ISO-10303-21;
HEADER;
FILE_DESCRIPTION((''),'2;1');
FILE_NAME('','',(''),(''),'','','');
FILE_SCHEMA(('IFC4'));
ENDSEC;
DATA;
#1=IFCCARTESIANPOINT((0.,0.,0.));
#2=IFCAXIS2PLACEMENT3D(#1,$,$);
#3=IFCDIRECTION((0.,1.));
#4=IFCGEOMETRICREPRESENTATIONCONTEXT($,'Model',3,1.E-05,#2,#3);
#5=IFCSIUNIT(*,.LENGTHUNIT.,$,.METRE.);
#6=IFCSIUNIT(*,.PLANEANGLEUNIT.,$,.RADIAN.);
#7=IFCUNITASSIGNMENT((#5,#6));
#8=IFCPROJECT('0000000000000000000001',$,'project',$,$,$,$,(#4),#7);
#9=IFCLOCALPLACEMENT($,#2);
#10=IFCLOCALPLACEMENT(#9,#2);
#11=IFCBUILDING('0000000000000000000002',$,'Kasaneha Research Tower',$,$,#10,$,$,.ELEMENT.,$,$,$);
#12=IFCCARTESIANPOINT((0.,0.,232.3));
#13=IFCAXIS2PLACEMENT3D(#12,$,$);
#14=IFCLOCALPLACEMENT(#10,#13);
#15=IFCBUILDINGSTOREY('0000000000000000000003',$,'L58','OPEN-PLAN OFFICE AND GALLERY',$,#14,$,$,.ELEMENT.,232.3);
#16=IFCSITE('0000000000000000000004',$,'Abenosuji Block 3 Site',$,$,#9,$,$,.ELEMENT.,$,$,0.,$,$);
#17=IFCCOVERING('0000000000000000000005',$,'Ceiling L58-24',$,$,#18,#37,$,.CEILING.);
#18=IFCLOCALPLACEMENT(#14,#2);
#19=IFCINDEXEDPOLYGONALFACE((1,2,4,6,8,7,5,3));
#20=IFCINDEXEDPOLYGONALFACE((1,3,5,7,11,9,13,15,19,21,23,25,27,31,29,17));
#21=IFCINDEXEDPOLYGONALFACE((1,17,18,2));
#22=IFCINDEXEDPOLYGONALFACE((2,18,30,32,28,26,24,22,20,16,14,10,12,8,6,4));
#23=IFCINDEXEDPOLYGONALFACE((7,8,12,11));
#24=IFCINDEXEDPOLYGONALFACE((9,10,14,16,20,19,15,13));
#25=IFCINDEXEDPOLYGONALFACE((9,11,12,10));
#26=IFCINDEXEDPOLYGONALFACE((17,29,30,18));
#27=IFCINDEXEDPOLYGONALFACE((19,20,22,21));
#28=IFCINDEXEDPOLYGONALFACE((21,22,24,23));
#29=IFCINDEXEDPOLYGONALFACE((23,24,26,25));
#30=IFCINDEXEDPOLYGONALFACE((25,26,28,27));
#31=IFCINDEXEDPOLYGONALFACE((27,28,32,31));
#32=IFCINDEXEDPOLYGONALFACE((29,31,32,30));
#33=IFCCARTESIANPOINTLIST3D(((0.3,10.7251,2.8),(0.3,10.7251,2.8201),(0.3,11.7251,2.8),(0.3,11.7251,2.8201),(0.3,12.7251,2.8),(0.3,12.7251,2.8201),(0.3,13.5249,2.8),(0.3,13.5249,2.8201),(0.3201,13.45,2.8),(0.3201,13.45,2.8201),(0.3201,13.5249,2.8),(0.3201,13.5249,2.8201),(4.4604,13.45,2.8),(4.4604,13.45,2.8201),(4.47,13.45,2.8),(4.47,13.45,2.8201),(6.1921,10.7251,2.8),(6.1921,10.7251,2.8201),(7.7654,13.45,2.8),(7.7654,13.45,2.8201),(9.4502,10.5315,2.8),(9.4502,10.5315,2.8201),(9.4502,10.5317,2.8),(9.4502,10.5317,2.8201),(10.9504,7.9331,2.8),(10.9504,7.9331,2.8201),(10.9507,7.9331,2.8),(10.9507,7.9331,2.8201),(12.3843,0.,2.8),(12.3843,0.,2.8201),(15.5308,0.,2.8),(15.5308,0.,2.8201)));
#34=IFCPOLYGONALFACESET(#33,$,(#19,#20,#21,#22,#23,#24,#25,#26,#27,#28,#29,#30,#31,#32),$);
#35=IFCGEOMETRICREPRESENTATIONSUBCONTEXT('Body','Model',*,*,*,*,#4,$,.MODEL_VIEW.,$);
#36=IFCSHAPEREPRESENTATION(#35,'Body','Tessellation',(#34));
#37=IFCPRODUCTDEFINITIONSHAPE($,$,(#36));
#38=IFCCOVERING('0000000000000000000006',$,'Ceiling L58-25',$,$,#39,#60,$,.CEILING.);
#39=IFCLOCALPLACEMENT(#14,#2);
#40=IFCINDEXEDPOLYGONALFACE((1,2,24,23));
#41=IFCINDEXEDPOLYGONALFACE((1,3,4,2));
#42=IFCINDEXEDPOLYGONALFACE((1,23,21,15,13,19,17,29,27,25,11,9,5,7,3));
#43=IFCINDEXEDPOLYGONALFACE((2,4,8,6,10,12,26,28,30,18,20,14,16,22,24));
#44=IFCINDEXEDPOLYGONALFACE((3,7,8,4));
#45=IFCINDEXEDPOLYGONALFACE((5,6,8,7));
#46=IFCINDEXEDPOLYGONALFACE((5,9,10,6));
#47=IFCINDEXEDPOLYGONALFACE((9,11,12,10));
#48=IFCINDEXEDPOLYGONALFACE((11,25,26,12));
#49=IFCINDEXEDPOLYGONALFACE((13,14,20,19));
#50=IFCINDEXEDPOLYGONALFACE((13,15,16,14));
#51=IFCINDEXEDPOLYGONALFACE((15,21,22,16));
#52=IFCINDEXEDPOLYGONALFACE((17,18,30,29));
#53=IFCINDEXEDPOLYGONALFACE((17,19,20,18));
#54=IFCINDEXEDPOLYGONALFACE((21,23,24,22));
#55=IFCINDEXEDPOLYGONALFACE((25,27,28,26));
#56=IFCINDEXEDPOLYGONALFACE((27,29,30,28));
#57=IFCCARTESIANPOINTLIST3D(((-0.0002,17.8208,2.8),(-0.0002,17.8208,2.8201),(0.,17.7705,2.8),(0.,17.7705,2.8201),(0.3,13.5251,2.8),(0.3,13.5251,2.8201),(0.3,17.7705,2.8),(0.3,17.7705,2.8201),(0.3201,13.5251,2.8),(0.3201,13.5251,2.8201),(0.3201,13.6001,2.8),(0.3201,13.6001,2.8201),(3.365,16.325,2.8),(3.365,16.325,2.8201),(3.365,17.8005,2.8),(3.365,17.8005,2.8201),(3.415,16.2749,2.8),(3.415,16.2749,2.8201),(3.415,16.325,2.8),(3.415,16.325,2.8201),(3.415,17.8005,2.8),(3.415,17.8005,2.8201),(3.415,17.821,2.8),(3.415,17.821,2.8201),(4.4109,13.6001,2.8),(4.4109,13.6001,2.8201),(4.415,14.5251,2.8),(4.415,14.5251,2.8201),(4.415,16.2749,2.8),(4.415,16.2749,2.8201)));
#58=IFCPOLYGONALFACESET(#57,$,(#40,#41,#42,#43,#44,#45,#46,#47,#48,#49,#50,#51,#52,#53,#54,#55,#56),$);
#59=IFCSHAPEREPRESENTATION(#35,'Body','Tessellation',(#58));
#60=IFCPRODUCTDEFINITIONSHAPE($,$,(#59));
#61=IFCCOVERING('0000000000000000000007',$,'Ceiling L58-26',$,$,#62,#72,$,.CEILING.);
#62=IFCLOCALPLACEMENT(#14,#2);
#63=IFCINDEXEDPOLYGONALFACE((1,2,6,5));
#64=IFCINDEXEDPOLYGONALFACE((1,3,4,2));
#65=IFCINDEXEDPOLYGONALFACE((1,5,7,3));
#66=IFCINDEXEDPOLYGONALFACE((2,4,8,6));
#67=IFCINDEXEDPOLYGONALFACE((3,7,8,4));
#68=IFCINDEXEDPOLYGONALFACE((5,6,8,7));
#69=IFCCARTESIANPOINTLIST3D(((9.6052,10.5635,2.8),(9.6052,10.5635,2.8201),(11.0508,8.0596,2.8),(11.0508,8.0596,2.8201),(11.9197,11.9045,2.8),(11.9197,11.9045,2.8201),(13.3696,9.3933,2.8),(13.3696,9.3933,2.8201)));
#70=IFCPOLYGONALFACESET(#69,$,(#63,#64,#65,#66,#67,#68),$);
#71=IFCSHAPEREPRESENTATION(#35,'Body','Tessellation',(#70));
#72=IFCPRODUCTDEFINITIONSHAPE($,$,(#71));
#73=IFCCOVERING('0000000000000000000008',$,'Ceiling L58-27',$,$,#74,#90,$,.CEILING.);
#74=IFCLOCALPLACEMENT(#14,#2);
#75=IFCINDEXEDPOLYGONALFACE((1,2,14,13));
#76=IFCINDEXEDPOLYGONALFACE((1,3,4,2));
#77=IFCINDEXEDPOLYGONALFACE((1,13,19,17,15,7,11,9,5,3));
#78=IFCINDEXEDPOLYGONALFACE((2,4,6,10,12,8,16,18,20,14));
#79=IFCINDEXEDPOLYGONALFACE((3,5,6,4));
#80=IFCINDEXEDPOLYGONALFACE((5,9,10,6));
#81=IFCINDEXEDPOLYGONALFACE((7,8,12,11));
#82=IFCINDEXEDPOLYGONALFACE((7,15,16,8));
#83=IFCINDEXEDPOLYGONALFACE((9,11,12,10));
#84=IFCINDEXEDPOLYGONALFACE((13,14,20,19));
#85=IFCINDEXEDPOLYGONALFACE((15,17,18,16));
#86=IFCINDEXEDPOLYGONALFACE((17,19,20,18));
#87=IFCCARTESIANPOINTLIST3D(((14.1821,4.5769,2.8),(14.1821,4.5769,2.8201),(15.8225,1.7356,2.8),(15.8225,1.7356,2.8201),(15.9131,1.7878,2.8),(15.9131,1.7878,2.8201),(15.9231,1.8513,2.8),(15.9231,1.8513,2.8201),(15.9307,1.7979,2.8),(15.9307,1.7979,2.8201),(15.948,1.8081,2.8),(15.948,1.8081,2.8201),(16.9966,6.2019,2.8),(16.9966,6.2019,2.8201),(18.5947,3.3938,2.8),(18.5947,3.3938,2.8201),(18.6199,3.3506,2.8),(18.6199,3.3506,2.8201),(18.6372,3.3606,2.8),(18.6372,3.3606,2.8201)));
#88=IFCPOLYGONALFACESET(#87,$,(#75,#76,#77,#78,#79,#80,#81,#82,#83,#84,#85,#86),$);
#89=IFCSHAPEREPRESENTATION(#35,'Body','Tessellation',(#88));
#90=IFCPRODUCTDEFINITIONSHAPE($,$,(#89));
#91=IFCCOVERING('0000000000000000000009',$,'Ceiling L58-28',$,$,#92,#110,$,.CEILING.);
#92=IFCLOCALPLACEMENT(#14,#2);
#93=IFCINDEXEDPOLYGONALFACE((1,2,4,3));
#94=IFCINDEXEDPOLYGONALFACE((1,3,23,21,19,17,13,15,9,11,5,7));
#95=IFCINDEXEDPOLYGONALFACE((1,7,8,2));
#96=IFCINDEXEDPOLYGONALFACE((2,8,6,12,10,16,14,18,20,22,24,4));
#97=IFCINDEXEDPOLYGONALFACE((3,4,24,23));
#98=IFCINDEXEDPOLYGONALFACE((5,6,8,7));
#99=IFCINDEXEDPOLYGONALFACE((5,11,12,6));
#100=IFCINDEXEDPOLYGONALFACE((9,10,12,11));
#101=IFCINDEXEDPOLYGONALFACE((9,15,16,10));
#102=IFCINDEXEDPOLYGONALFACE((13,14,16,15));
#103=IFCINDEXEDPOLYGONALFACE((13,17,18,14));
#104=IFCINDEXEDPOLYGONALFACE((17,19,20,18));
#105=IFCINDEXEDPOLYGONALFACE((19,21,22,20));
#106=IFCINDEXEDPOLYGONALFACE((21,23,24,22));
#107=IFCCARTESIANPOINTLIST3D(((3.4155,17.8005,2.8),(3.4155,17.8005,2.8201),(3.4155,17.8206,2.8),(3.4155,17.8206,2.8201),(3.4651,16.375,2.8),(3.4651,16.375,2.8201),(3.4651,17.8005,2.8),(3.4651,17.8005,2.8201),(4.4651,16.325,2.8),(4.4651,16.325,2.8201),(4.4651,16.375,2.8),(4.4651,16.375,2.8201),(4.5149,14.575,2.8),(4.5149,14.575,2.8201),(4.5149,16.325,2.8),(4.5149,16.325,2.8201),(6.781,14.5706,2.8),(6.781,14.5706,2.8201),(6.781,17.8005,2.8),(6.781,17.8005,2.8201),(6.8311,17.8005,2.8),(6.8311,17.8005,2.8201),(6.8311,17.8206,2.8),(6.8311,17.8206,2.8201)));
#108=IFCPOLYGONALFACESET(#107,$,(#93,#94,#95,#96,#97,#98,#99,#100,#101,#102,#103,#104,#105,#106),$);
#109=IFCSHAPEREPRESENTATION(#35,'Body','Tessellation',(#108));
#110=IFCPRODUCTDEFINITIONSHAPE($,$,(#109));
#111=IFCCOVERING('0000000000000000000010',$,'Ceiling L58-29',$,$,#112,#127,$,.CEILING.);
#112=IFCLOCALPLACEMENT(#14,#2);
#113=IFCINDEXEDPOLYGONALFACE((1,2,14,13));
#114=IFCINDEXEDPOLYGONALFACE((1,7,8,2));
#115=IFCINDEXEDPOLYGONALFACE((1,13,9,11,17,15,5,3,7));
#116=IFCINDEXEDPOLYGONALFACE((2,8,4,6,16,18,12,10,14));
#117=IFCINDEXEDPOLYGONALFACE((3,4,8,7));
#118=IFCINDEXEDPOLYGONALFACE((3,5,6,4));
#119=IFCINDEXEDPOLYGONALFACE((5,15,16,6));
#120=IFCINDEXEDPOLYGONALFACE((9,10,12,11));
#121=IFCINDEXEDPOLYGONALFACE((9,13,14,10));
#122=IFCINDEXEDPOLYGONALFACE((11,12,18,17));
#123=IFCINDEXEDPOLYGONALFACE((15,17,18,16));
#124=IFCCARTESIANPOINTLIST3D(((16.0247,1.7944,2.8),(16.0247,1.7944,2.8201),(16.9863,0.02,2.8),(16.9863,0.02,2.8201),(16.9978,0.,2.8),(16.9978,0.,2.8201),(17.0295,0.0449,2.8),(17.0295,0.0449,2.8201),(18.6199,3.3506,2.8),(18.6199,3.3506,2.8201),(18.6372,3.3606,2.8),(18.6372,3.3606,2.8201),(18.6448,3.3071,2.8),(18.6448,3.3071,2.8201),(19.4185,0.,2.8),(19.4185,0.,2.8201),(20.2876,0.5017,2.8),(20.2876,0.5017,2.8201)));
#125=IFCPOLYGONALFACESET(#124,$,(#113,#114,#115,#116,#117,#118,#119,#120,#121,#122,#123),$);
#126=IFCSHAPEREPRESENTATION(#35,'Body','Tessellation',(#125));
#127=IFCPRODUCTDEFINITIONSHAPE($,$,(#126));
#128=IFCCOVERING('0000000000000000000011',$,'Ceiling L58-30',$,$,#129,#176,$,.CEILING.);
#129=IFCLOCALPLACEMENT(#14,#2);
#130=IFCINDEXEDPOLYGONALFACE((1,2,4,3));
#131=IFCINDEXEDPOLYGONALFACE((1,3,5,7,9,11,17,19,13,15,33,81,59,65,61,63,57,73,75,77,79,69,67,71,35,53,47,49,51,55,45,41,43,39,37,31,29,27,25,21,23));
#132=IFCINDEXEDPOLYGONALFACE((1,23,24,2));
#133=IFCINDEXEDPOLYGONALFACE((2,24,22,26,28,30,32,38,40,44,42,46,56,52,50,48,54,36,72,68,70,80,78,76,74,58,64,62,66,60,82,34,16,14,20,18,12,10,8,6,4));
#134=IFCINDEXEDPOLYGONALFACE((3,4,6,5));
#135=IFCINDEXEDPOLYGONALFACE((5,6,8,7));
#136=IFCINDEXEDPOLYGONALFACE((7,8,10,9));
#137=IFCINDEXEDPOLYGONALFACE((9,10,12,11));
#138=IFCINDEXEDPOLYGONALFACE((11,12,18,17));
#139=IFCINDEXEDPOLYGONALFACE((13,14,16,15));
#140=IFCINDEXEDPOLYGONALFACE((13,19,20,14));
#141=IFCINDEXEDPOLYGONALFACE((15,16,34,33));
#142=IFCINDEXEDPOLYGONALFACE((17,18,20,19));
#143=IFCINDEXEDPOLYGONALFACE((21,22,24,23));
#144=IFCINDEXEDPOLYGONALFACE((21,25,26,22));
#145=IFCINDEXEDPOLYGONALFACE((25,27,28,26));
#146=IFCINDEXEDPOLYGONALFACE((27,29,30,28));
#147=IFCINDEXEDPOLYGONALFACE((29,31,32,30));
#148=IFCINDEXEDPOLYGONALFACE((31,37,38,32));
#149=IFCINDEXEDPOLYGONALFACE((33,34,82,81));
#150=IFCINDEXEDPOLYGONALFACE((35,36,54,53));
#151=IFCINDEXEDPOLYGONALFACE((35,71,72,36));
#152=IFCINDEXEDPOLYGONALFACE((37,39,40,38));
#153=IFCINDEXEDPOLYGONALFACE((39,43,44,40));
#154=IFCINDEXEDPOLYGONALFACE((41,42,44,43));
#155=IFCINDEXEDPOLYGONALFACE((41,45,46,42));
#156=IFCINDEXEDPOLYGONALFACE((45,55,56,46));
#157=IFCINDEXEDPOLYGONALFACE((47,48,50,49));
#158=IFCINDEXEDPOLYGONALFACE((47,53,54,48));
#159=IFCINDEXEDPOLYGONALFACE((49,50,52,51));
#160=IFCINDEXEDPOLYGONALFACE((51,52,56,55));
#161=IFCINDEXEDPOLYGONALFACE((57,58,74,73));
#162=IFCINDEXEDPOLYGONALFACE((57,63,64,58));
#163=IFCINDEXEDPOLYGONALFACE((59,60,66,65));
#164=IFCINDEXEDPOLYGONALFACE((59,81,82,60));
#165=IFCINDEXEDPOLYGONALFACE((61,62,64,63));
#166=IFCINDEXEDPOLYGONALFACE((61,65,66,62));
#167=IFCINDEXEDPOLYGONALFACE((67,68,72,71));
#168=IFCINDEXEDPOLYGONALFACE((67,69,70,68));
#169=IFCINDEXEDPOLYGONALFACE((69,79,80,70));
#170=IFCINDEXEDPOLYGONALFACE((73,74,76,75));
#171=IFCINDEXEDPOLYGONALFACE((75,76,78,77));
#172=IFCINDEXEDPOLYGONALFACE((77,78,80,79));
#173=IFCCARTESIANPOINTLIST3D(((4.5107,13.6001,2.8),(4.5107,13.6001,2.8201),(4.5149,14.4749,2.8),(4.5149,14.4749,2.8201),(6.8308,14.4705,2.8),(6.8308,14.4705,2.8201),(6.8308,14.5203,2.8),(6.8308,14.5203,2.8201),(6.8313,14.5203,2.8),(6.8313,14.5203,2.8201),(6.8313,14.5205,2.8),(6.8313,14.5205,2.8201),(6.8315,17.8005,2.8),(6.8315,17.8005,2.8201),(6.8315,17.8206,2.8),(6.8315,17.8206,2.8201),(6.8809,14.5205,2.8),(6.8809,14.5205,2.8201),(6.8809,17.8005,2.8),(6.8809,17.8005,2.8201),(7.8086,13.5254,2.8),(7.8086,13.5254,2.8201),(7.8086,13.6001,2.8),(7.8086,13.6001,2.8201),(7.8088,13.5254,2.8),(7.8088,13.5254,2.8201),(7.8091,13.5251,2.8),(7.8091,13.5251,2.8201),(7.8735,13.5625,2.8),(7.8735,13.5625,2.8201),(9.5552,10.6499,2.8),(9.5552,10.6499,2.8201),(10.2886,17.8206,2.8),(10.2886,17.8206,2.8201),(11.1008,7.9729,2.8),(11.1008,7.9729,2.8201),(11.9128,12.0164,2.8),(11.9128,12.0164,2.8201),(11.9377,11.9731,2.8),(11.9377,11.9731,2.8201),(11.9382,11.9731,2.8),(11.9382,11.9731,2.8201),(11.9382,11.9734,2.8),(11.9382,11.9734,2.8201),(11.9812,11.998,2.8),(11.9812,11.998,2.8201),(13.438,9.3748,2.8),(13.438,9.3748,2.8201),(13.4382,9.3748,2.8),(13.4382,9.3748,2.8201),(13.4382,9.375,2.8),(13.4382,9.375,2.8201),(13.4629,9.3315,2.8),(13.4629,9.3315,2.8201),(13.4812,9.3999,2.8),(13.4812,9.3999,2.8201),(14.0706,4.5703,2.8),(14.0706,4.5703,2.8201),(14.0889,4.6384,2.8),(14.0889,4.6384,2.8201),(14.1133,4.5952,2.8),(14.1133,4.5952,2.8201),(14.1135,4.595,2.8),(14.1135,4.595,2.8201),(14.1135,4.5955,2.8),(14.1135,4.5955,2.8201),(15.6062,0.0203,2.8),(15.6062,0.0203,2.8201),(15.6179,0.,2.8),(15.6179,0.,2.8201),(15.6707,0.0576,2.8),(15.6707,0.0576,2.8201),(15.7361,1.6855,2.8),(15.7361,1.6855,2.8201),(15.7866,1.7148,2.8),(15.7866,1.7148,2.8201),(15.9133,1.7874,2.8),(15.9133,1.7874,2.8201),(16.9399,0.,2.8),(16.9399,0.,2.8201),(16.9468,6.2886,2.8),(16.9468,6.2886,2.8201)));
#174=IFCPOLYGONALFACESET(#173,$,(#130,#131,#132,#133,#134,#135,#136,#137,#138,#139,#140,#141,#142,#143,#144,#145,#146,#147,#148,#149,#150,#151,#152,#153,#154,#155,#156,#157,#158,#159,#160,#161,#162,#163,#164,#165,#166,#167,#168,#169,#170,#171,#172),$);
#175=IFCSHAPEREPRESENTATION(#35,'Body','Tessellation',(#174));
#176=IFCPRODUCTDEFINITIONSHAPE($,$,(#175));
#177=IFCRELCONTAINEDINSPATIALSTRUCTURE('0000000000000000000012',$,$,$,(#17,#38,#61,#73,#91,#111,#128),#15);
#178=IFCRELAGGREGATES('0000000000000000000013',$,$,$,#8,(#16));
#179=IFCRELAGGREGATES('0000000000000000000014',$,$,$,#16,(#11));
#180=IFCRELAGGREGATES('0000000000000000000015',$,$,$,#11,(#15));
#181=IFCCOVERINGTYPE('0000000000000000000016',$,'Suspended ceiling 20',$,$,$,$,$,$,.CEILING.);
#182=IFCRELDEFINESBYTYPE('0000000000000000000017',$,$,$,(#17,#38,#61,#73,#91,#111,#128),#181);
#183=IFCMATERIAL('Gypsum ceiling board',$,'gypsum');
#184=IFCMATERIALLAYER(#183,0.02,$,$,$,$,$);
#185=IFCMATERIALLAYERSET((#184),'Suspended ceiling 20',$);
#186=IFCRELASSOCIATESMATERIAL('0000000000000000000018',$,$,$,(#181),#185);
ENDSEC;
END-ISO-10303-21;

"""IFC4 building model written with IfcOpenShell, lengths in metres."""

from ifc_helpers import new_model, si_unit, direction, frame, origin, place, context, subcontext, project, spatial, polyline, outline, extrude, material, layer, layer_set, type_object, element, save


model = new_model("IFC4")

# Units and contexts
model_context = context("Model", 3, precision=1e-05, world=origin(), true_north=direction((0.0, 1.0)))
body_context = subcontext(model_context, "Body", "Model", "MODEL_VIEW")
ifc_project = project(units=[si_unit("LENGTHUNIT", "METRE"), si_unit("PLANEANGLEUNIT", "RADIAN")], contexts=[model_context])

# Site, building, storey
site_placement = place(None, origin())
site = spatial("IfcSite", under=ifc_project, at=site_placement, Name="Abenosuji Block 3 Site", CompositionType="ELEMENT", RefElevation=0.0)
building_placement = place(site_placement, origin())
building = spatial("IfcBuilding", under=site, at=building_placement, Name="Kasaneha Research Tower", CompositionType="ELEMENT")
storey_placement = place(building_placement, frame((0.0, 0.0, 232.3)))
storey = spatial("IfcBuildingStorey", under=building, at=storey_placement, Name="L58", Description="OPEN-PLAN OFFICE AND GALLERY", CompositionType="ELEMENT", Elevation=232.3)

# Coverings
ifc_material_1 = material(Name="Gypsum ceiling board", Category="gypsum")
ifc_layer_1 = layer(ifc_material_1, 0.02)
ifc_layer_set_1 = layer_set([ifc_layer_1], Name="Suspended ceiling 20")
covering_type_1 = type_object("IfcCoveringType", Name="Suspended ceiling 20", PredefinedType="CEILING", material=ifc_layer_set_1)
covering_1_placement = place(storey_placement, frame((0.0, 0.0, 2.8)))
element("IfcCovering", 1, at=covering_1_placement, inside=storey, type_object=covering_type_1, Name="Ceiling L58-24", PredefinedType="CEILING", context=body_context, shape_type="SweptSolid", body=[
    extrude(outline(polyline([(6.1921, 10.7251), (0.3, 10.7251), (0.3, 11.7251), (0.3, 12.7251), (0.3, 13.5249), (0.3201, 13.5249), (0.3201, 13.45), (4.4604, 13.45), (4.47, 13.45), (7.7654, 13.45), (9.4502, 10.5315), (9.4502, 10.5317), (10.9504, 7.9331), (10.9507, 7.9331), (15.5308, 0.0), (12.3843, 0.0), (6.1921, 10.7251)])), origin(), (0.0, 0.0, 1.0), 0.02),
])
covering_2_placement = place(storey_placement, frame((0.0, 0.0, 2.8)))
element("IfcCovering", 2, at=covering_2_placement, inside=storey, type_object=covering_type_1, Name="Ceiling L58-25", PredefinedType="CEILING", context=body_context, shape_type="SweptSolid", body=[
    extrude(outline(polyline([(0.3, 13.5251), (0.3, 17.7705), (0.0, 17.7705), (-0.0002, 17.8208), (3.415, 17.821), (3.415, 17.8005), (3.365, 17.8005), (3.365, 16.325), (3.415, 16.325), (3.415, 16.325), (3.415, 16.325), (3.415, 16.2749), (4.415, 16.2749), (4.415, 14.5251), (4.4109, 13.6001), (0.3201, 13.6001), (0.3201, 13.5251), (0.3, 13.5251)])), origin(), (0.0, 0.0, 1.0), 0.02),
])
covering_3_placement = place(storey_placement, frame((0.0, 0.0, 2.8)))
element("IfcCovering", 3, at=covering_3_placement, inside=storey, type_object=covering_type_1, Name="Ceiling L58-26", PredefinedType="CEILING", context=body_context, shape_type="SweptSolid", body=[
    extrude(outline(polyline([(9.6052, 10.5635), (11.9197, 11.9045), (13.3696, 9.3933), (11.0508, 8.0596), (9.6052, 10.5635)])), origin(), (0.0, 0.0, 1.0), 0.02),
])
covering_4_placement = place(storey_placement, frame((0.0, 0.0, 2.8)))
element("IfcCovering", 4, at=covering_4_placement, inside=storey, type_object=covering_type_1, Name="Ceiling L58-27", PredefinedType="CEILING", context=body_context, shape_type="SweptSolid", body=[
    extrude(outline(polyline([(18.6372, 3.3606), (18.6199, 3.3506), (18.5947, 3.3938), (15.9231, 1.8513), (15.948, 1.8081), (15.9307, 1.7979), (15.9131, 1.7878), (15.9131, 1.7878), (15.8225, 1.7356), (14.1821, 4.5769), (16.9966, 6.2019), (18.6372, 3.3606)])), origin(), (0.0, 0.0, 1.0), 0.02),
])
covering_5_placement = place(storey_placement, frame((0.0, 0.0, 2.8)))
element("IfcCovering", 5, at=covering_5_placement, inside=storey, type_object=covering_type_1, Name="Ceiling L58-28", PredefinedType="CEILING", context=body_context, shape_type="SweptSolid", body=[
    extrude(outline(polyline([(3.4155, 17.8206), (6.8311, 17.8206), (6.8311, 17.8005), (6.781, 17.8005), (6.781, 14.5706), (4.5149, 14.575), (4.5149, 16.325), (4.4651, 16.325), (4.4651, 16.375), (3.4651, 16.375), (3.4651, 17.8005), (3.4155, 17.8005), (3.4155, 17.8206)])), origin(), (0.0, 0.0, 1.0), 0.02),
])
covering_6_placement = place(storey_placement, frame((0.0, 0.0, 2.8)))
element("IfcCovering", 6, at=covering_6_placement, inside=storey, type_object=covering_type_1, Name="Ceiling L58-29", PredefinedType="CEILING", context=body_context, shape_type="SweptSolid", body=[
    extrude(outline(polyline([(16.9978, 0.0), (16.9863, 0.02), (17.0295, 0.0449), (16.0247, 1.7944), (18.6448, 3.3071), (18.6199, 3.3506), (18.6372, 3.3606), (20.2876, 0.5017), (19.4185, 0.0), (16.9978, 0.0)])), origin(), (0.0, 0.0, 1.0), 0.02),
])
covering_7_placement = place(storey_placement, frame((0.0, 0.0, 2.8)))
element("IfcCovering", 7, at=covering_7_placement, inside=storey, type_object=covering_type_1, Name="Ceiling L58-30", PredefinedType="CEILING", context=body_context, shape_type="SweptSolid", body=[
    extrude(outline(polyline([(13.4382, 9.3748), (13.4382, 9.375), (13.4812, 9.3999), (11.9812, 11.998), (11.9382, 11.9731), (11.9382, 11.9734), (11.9377, 11.9731), (11.9128, 12.0164), (9.5552, 10.6499), (7.8735, 13.5625), (7.8091, 13.5251), (7.8088, 13.5254), (7.8086, 13.5254), (7.8086, 13.6001), (4.5107, 13.6001), (4.5149, 14.4749), (6.8308, 14.4705), (6.8308, 14.5203), (6.8313, 14.5203), (6.8313, 14.5205), (6.8809, 14.5205), (6.8809, 17.8005), (6.8315, 17.8005), (6.8315, 17.8206), (10.2886, 17.8206), (16.9468, 6.2886), (14.0889, 4.6384), (14.1135, 4.5955), (14.1133, 4.5952), (14.1135, 4.595), (14.0706, 4.5703), (15.7361, 1.6855), (15.7866, 1.7148), (15.9133, 1.7874), (16.9399, 0.0), (15.6179, 0.0), (15.6062, 0.0203), (15.6707, 0.0576), (11.1008, 7.9729), (13.4629, 9.3315), (13.438, 9.3748), (13.4382, 9.3748)])), origin(), (0.0, 0.0, 1.0), 0.02),
])

save(model, "model.ifc")
